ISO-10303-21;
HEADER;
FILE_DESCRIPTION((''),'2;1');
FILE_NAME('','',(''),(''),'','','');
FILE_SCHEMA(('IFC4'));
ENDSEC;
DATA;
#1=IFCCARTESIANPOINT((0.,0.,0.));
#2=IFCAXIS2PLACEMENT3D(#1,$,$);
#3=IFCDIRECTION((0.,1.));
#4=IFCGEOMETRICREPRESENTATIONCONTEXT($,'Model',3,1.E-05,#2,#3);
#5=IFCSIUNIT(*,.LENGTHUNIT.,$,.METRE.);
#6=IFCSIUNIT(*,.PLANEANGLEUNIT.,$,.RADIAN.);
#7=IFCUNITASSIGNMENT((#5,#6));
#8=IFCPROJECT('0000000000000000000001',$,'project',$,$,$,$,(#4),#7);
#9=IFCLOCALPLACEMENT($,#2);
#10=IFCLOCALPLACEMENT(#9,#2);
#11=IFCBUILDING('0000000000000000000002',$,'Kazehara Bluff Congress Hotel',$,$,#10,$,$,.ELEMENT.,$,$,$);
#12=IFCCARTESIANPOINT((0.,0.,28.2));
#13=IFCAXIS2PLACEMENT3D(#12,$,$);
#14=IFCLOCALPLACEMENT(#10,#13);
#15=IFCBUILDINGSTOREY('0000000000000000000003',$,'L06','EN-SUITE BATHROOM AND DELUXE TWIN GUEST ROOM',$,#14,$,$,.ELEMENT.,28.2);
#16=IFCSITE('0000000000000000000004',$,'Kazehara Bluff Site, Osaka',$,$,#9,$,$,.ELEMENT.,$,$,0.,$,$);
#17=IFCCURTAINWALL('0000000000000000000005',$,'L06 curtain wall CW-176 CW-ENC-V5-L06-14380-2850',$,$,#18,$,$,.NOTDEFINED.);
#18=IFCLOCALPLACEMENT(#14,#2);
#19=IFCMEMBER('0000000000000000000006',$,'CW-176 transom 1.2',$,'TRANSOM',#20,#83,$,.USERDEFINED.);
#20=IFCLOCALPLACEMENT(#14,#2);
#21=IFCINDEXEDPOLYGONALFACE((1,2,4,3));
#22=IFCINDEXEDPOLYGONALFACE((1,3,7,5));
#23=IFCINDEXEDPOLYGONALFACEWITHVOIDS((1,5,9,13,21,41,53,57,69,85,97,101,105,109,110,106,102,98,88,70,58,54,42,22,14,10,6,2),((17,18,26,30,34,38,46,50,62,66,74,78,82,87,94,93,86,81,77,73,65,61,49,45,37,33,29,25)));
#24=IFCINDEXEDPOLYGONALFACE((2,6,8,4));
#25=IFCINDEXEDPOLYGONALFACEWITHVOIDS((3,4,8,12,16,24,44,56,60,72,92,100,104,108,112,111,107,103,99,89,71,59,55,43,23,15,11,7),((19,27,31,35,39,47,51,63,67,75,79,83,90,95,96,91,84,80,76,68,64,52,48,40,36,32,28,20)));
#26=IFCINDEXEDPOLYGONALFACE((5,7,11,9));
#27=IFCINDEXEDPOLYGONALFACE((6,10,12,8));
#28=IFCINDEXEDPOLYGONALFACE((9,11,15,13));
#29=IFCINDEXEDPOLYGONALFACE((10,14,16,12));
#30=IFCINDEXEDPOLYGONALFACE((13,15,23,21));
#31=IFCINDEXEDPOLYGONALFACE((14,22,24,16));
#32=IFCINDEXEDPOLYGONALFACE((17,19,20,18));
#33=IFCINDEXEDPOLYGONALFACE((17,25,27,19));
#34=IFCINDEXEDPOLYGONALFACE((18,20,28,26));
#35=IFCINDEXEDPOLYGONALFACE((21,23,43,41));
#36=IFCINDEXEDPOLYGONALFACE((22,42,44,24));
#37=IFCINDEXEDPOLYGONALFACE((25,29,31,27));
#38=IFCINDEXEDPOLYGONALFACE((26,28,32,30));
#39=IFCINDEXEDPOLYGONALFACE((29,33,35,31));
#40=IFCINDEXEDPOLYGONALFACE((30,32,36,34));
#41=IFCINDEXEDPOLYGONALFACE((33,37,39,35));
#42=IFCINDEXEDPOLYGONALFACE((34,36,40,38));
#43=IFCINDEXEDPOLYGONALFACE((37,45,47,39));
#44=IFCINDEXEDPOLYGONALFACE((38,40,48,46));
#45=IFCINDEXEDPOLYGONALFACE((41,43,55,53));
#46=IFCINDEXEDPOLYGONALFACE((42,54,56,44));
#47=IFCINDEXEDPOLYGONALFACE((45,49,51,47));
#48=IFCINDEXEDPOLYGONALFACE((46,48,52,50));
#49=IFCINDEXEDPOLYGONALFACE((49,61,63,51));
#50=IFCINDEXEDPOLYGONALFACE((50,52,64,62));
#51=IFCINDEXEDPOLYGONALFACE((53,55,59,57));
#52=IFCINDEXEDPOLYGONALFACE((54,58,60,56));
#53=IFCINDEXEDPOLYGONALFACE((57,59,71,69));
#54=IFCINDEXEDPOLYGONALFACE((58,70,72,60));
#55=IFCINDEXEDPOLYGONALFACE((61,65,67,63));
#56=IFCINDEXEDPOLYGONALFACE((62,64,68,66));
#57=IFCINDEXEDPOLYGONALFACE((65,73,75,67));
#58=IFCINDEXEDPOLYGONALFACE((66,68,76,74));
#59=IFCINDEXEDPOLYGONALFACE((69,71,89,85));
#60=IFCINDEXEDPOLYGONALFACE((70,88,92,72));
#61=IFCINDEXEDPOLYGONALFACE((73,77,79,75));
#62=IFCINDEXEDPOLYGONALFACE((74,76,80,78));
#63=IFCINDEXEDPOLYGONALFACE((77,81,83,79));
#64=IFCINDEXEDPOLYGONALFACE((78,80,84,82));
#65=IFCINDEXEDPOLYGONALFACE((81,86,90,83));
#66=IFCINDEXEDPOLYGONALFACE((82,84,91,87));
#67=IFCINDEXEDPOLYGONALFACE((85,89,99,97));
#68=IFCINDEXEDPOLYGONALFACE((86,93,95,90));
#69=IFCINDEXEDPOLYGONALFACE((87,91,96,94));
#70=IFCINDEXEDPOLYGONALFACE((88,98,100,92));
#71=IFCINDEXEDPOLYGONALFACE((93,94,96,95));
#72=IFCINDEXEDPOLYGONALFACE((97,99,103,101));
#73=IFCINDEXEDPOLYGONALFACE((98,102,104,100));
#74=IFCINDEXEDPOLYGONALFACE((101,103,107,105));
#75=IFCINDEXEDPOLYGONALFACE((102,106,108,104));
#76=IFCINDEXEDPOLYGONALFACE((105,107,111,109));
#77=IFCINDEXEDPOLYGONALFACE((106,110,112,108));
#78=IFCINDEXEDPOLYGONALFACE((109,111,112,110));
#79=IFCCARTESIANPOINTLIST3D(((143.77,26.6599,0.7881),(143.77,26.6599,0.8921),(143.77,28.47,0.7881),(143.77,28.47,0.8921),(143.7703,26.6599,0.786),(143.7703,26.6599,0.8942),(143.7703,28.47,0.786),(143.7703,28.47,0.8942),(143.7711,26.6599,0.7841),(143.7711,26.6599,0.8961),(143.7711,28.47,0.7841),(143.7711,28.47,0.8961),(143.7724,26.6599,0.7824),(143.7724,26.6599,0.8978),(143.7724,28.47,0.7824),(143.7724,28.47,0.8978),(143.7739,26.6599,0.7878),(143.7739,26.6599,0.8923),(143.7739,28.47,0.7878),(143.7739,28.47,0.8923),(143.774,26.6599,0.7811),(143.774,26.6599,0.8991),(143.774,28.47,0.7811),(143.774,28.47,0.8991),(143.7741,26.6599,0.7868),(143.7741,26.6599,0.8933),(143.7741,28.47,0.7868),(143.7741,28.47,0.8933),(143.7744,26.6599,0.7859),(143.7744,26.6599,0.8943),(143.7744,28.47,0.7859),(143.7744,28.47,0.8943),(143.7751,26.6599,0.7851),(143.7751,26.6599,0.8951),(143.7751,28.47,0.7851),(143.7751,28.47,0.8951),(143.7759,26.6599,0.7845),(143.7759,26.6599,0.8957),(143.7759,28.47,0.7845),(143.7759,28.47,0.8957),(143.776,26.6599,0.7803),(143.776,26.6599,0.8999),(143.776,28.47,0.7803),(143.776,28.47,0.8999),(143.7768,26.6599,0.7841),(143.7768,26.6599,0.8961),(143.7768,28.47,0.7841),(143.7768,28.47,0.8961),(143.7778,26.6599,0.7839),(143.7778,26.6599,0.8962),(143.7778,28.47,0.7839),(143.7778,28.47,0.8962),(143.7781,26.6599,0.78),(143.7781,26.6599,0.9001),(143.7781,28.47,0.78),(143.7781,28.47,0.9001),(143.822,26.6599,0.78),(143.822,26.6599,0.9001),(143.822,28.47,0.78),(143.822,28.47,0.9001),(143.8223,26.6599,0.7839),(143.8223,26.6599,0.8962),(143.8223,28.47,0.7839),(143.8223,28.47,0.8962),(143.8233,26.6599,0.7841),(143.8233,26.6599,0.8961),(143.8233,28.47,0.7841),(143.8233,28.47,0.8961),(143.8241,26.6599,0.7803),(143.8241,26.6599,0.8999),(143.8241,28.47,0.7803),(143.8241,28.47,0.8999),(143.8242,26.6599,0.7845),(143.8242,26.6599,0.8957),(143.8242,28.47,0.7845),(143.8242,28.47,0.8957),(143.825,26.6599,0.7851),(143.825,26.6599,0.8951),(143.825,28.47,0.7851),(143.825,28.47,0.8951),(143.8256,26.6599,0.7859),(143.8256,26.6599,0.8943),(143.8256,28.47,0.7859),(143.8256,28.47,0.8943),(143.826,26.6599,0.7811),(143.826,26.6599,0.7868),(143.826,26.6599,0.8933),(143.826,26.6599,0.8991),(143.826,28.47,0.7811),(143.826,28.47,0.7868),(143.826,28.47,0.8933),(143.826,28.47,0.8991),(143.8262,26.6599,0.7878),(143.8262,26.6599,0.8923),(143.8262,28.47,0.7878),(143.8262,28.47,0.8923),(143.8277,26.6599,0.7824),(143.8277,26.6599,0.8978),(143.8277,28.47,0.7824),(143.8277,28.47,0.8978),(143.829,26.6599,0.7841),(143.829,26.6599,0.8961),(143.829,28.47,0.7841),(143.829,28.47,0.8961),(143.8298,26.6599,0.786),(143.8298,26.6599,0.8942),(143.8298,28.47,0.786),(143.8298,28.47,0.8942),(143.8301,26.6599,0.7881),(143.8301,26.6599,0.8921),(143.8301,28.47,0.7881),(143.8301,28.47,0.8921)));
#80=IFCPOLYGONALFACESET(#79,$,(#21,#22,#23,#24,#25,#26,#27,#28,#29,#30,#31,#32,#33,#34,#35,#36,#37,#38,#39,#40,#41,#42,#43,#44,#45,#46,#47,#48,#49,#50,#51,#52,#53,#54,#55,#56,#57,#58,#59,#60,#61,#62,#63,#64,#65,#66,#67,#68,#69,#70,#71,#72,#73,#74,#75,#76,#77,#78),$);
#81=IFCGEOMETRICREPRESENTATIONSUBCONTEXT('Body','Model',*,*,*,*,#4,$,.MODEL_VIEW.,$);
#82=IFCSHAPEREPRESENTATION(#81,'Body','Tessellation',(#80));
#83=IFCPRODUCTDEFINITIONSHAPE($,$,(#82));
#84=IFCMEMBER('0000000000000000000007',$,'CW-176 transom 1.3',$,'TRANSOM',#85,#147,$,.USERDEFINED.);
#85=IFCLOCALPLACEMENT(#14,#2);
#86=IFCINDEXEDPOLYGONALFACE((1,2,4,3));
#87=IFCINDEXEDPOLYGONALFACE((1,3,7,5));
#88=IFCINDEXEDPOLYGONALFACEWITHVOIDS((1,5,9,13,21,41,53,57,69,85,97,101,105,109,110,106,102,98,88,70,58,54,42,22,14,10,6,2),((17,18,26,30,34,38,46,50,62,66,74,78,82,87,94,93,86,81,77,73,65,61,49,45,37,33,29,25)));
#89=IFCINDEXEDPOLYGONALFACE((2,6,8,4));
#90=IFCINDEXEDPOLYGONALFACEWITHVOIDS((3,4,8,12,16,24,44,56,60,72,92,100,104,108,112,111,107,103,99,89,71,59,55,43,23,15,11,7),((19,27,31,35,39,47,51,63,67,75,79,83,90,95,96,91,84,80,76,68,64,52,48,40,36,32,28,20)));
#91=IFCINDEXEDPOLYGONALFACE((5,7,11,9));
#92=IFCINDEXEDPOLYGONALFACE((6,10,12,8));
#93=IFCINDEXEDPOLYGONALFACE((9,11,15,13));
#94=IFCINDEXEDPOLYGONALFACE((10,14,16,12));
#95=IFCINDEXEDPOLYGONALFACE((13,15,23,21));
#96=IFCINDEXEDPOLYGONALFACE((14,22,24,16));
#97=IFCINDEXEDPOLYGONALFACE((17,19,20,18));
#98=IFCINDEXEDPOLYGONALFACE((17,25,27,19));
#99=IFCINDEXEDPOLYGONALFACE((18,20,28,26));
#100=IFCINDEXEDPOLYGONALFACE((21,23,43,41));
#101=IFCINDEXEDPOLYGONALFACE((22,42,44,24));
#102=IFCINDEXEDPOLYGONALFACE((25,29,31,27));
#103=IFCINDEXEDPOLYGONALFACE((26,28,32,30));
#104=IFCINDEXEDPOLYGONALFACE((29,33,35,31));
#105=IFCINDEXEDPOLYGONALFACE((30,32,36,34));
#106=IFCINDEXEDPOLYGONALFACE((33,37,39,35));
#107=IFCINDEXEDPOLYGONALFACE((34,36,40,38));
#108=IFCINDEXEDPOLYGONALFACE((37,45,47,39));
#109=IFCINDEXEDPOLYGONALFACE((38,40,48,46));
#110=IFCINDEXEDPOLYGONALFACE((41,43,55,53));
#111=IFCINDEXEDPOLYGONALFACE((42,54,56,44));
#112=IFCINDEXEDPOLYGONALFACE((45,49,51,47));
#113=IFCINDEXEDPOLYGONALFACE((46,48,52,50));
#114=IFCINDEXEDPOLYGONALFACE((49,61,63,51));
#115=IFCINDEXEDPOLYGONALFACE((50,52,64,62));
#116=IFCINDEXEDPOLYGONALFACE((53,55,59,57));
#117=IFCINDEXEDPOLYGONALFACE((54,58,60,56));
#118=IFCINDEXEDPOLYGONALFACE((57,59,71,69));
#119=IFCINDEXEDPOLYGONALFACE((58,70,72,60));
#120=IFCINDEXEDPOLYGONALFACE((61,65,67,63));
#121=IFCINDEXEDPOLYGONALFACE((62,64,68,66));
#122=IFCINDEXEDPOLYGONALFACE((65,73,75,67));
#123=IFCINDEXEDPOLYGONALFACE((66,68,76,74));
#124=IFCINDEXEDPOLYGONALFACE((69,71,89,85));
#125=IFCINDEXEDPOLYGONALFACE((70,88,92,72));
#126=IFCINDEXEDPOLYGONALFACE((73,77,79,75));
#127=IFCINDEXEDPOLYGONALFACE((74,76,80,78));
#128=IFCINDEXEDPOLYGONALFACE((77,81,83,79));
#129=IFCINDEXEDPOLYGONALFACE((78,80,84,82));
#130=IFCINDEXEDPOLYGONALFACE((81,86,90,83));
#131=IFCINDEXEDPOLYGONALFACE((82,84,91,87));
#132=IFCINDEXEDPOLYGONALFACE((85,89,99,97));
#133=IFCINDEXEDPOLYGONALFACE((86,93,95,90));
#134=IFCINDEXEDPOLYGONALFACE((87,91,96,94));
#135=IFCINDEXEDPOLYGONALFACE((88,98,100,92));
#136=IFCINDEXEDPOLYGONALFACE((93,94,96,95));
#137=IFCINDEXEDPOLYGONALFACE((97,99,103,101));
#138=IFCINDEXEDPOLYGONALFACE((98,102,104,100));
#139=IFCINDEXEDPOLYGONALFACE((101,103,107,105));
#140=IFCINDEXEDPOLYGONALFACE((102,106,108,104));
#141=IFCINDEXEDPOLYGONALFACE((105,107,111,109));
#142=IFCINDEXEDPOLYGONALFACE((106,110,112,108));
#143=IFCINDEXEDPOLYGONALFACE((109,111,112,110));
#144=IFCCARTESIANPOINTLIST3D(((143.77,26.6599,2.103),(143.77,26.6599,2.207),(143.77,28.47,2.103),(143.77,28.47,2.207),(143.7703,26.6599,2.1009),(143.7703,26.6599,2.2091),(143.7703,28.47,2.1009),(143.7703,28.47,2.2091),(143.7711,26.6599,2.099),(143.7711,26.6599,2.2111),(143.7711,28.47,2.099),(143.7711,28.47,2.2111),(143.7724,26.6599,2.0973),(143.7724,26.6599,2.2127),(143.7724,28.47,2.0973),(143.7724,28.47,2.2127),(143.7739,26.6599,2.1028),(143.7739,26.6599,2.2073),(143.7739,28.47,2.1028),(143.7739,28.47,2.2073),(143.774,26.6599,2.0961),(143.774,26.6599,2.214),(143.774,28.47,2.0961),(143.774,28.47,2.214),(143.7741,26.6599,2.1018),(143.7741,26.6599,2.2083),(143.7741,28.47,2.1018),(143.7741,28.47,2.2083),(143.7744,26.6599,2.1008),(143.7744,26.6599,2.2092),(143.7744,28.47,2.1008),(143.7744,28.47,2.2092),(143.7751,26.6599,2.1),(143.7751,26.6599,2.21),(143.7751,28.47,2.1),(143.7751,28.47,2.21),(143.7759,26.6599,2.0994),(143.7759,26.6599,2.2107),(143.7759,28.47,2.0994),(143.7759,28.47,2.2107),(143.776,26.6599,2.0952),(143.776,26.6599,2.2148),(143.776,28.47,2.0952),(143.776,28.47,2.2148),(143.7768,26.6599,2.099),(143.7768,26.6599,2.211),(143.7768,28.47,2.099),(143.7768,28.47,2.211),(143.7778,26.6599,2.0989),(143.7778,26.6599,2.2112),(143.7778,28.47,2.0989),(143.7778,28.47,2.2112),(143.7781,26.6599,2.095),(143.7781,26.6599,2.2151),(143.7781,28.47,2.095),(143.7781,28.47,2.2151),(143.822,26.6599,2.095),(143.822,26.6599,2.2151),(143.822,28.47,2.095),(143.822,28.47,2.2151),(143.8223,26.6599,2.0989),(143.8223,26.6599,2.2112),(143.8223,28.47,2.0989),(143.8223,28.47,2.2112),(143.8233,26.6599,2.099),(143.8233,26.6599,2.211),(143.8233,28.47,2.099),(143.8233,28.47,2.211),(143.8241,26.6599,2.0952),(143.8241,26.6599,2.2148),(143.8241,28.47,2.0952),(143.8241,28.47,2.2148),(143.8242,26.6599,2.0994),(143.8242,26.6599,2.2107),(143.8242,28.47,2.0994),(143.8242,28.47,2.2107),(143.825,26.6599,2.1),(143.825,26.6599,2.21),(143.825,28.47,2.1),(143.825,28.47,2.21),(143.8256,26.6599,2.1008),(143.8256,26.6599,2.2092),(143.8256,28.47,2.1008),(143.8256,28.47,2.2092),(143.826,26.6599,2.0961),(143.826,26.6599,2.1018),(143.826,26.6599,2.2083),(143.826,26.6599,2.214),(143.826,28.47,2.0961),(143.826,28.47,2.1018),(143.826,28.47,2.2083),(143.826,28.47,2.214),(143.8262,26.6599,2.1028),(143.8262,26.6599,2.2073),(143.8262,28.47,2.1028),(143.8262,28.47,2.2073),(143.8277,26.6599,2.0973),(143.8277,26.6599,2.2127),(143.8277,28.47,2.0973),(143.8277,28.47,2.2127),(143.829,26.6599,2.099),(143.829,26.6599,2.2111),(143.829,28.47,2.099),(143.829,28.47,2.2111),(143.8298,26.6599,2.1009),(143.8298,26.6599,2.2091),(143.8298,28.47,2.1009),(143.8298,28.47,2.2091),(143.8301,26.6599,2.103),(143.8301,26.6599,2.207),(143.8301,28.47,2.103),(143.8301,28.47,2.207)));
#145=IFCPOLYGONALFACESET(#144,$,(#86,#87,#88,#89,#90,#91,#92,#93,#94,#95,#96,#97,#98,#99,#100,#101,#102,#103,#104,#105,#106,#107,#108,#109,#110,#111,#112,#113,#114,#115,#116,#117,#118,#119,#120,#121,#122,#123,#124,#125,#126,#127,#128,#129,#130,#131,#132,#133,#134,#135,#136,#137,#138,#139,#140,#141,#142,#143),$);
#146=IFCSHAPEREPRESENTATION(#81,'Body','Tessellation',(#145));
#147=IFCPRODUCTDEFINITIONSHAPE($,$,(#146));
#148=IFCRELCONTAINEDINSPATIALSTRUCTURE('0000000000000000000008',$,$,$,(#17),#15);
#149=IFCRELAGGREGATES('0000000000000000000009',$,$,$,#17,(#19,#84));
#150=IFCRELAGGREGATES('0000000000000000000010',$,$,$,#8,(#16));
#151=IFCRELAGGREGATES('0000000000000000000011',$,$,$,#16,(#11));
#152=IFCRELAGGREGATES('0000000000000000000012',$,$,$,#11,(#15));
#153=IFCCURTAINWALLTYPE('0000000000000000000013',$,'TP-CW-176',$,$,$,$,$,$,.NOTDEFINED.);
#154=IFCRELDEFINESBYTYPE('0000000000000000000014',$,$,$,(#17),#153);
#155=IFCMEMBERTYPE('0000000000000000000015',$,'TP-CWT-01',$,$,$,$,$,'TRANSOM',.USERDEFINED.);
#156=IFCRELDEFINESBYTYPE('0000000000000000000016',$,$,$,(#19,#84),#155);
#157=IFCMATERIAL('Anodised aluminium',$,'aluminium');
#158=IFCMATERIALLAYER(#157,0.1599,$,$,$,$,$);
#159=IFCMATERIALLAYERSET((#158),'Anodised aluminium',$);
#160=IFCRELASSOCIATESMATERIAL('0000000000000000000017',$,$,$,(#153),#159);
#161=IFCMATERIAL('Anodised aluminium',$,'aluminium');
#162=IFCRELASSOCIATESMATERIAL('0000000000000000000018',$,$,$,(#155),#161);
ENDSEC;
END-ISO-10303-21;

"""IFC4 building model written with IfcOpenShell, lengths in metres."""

from ifc_helpers import new_model, si_unit, direction, frame, origin, origin_2d, place, context, subcontext, project, spatial, hollow_rectangle, extrude, material, layer, layer_set, material_profile, profile_set, type_object, element, aggregate, save


model = new_model("IFC4")

# Units and contexts
model_context = context("Model", 3, precision=1e-05, world=origin(), true_north=direction((0.0, 1.0)))
body_context = subcontext(model_context, "Body", "Model", "MODEL_VIEW")
ifc_project = project(units=[si_unit("LENGTHUNIT", "METRE"), si_unit("PLANEANGLEUNIT", "RADIAN")], contexts=[model_context])

# Site, building, storey
site_placement = place(None, origin())
site = spatial("IfcSite", under=ifc_project, at=site_placement, Name="Kazehara Bluff Site, Osaka", CompositionType="ELEMENT", RefElevation=0.0)
building_placement = place(site_placement, origin())
building = spatial("IfcBuilding", under=site, at=building_placement, Name="Kazehara Bluff Congress Hotel", CompositionType="ELEMENT")
storey_placement = place(building_placement, frame((0.0, 0.0, 28.2)))
storey = spatial("IfcBuildingStorey", under=building, at=storey_placement, Name="L06", Description="EN-SUITE BATHROOM AND DELUXE TWIN GUEST ROOM", CompositionType="ELEMENT", Elevation=28.2)

# Curtain wall
ifc_material_1 = material(Name="Anodised aluminium", Category="aluminium")
ifc_layer_1 = layer(ifc_material_1, 0.1599)
ifc_layer_set_1 = layer_set([ifc_layer_1], Name="Anodised aluminium")
curtain_wall_type_1 = type_object("IfcCurtainWallType", Name="TP-CW-176", PredefinedType="NOTDEFINED", material=ifc_layer_set_1)
curtain_wall_1_placement = place(storey_placement, origin())
curtain_wall_1 = element("IfcCurtainWall", 1, at=curtain_wall_1_placement, inside=storey, type_object=curtain_wall_type_1, Name="L06 curtain wall CW-176 CW-ENC-V5-L06-14380-2850", PredefinedType="NOTDEFINED")

# Members
ifc_material_2 = material(Name="Anodised aluminium", Category="aluminium")
ifc_material_profile_1 = material_profile(ifc_material_2, hollow_rectangle(XDim=0.0601, YDim=0.1201, WallThickness=0.0039, InnerFilletRadius=0.0039, OuterFilletRadius=0.0081, at=origin_2d()))
ifc_profile_set_1 = profile_set([ifc_material_profile_1], Name="Anodised aluminium")
member_type_1 = type_object("IfcMemberType", Name="TP-CWT-01", ElementType="TRANSOM", PredefinedType="USERDEFINED", material=ifc_profile_set_1)
member_1_placement = place(storey_placement, frame((143.8, 26.6599, 0.8401), z_axis=(0.0, 1.0, 0.0), x_axis=(-1.0, 0.0, 0.0)))
member_1 = element("IfcMember", 2, at=member_1_placement, type_object=member_type_1, Name="CW-176 transom 1.2", ObjectType="TRANSOM", PredefinedType="USERDEFINED", context=body_context, shape_type="SweptSolid", body=[
    extrude(hollow_rectangle(XDim=0.0601, YDim=0.1201, WallThickness=0.0039, InnerFilletRadius=0.0039, OuterFilletRadius=0.0081, at=origin_2d()), origin(), (0.0, 0.0, 1.0), 1.8101),
])
member_2_placement = place(storey_placement, frame((143.8, 26.6599, 2.155), z_axis=(0.0, 1.0, 0.0), x_axis=(-1.0, 0.0, 0.0)))
member_2 = element("IfcMember", 3, at=member_2_placement, type_object=member_type_1, Name="CW-176 transom 1.3", ObjectType="TRANSOM", PredefinedType="USERDEFINED", context=body_context, shape_type="SweptSolid", body=[
    extrude(hollow_rectangle(XDim=0.0601, YDim=0.1201, WallThickness=0.0039, InnerFilletRadius=0.0039, OuterFilletRadius=0.0081, at=origin_2d()), origin(), (0.0, 0.0, 1.0), 1.8101),
])

aggregate(curtain_wall_1, [member_1, member_2])

save(model, "model.ifc")
